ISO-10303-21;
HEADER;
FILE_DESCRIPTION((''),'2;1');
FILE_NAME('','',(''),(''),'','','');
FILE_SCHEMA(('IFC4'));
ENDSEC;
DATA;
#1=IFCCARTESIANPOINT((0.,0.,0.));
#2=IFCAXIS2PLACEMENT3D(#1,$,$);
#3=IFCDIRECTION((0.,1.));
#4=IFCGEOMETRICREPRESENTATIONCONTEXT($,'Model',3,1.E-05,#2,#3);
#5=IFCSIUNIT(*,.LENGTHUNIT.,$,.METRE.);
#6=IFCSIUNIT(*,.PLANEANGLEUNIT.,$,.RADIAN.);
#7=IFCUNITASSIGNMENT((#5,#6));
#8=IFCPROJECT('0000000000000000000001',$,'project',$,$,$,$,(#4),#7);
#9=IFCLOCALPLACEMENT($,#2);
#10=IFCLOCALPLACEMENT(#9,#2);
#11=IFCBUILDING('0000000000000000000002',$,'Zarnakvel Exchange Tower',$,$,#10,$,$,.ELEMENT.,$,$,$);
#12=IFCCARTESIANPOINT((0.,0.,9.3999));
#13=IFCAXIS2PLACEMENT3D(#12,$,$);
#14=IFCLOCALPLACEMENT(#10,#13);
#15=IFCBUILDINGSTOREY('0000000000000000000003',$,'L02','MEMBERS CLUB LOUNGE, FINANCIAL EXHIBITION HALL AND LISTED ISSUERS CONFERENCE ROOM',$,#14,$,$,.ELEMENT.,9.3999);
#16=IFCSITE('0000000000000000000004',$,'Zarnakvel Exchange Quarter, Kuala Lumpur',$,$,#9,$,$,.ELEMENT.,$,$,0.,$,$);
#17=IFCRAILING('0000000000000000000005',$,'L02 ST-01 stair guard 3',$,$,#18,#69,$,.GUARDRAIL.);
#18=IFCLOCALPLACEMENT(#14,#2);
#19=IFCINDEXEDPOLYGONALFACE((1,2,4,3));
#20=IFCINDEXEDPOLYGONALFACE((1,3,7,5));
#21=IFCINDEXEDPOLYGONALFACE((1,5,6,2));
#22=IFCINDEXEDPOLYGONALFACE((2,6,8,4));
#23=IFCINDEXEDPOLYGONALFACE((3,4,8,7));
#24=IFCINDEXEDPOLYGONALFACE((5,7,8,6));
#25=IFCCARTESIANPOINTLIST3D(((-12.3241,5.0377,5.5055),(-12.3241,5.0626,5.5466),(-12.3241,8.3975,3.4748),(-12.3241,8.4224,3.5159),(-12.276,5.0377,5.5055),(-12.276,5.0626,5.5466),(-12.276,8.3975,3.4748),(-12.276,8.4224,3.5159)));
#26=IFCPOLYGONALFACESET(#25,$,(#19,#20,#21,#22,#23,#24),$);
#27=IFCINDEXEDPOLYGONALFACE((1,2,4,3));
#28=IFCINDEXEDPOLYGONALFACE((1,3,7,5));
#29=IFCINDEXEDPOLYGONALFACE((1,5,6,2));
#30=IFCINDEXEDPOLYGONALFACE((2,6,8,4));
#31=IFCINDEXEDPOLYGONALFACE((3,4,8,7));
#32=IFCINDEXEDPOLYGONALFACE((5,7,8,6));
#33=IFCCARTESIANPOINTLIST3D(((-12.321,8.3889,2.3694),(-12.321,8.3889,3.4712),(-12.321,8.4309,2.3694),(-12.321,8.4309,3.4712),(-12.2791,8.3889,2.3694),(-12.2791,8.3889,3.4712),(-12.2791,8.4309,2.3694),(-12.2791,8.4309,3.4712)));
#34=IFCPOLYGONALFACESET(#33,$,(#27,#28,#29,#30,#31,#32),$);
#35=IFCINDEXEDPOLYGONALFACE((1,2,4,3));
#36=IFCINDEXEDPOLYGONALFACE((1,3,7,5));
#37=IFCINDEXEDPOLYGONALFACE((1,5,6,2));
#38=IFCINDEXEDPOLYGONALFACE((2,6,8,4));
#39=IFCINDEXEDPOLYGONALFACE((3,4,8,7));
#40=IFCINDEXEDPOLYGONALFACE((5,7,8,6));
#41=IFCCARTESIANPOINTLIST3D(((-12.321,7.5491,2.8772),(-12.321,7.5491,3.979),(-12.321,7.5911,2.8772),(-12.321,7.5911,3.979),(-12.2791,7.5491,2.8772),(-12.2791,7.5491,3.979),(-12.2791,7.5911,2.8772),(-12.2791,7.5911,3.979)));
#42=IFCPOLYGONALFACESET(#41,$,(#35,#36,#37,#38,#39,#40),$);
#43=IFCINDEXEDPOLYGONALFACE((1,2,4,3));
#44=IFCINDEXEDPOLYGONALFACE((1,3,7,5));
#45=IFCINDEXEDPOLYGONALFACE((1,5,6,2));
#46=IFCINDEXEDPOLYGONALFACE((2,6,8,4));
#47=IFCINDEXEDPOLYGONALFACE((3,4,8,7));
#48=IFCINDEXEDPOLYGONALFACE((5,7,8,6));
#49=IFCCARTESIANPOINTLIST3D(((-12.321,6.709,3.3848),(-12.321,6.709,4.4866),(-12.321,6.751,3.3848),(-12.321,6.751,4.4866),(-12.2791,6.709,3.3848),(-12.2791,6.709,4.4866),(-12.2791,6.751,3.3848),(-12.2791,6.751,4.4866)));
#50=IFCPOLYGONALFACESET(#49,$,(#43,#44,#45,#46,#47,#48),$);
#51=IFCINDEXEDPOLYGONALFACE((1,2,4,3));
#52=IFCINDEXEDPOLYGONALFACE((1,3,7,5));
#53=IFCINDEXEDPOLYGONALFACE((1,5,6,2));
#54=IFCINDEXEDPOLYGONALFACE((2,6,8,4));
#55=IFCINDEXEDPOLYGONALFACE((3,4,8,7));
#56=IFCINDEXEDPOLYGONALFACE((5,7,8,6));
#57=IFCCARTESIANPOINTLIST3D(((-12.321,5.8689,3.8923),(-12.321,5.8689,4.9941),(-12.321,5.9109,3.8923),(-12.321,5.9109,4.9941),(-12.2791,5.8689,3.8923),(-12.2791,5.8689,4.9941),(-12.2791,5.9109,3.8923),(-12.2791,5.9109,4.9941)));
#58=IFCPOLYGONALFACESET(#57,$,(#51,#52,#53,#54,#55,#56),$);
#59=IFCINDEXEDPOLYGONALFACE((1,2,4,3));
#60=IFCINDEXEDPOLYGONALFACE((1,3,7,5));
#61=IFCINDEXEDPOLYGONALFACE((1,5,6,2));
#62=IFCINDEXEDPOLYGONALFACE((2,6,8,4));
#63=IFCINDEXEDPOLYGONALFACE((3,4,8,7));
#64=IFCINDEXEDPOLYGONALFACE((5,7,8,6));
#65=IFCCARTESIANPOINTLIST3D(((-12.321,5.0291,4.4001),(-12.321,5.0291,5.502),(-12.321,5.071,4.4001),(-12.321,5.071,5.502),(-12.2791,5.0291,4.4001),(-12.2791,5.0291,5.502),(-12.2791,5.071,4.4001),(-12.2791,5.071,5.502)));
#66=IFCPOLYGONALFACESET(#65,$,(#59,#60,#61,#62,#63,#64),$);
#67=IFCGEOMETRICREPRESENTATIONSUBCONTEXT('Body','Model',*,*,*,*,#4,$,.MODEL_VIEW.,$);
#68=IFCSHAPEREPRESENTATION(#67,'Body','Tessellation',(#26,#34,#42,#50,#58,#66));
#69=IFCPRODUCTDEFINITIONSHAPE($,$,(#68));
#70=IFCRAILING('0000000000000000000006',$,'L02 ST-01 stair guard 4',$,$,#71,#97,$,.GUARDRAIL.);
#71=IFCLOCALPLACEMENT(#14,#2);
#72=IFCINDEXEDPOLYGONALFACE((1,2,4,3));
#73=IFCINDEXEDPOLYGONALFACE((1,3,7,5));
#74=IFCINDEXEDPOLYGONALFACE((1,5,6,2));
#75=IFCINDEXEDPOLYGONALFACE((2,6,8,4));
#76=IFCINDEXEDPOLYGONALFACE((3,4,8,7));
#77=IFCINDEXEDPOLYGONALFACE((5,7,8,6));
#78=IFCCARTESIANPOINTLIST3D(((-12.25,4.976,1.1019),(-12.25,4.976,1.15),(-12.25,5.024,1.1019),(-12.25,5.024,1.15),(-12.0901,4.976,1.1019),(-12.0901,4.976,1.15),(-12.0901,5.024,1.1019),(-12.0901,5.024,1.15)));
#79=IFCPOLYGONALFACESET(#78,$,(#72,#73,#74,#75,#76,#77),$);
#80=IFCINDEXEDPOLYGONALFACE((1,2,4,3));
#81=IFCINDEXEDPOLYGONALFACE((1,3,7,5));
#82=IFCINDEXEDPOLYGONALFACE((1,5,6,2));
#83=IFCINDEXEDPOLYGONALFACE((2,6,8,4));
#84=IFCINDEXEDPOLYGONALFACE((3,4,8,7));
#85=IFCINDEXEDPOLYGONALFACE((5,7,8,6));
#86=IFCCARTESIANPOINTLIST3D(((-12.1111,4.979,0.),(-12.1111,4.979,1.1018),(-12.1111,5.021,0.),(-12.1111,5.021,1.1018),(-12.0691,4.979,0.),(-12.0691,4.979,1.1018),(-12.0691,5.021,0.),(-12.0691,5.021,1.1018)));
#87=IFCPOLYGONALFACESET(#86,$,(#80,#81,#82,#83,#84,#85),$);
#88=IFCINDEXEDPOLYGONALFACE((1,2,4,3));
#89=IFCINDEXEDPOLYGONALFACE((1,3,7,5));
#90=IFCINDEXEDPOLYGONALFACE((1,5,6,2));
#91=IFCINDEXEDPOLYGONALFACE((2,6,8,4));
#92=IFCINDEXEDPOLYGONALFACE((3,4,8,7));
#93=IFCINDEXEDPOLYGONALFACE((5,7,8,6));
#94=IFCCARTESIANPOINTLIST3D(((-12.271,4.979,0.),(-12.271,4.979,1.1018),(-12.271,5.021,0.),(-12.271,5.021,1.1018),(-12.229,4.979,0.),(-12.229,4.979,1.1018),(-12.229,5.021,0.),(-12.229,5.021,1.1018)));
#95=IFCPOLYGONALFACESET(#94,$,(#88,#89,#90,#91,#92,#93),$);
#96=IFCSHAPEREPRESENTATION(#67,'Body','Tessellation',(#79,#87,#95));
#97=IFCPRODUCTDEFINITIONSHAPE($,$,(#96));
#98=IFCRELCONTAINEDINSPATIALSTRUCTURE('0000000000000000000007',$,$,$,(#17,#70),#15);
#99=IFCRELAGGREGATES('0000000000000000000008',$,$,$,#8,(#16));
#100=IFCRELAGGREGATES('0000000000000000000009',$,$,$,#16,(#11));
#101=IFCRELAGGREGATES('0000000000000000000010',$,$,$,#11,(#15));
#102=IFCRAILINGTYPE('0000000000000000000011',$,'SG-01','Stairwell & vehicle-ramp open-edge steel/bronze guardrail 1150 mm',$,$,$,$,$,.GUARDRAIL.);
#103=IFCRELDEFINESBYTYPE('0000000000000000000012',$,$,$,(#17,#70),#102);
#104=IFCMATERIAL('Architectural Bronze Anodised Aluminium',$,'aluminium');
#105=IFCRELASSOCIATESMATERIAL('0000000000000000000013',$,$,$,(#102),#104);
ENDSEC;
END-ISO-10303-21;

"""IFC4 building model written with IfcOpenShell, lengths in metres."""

from ifc_helpers import new_model, si_unit, direction, frame, origin, origin_2d, place, context, subcontext, project, spatial, rectangle, extrude, material, type_object, element, save


model = new_model("IFC4")

# Units and contexts
model_context = context("Model", 3, precision=1e-05, world=origin(), true_north=direction((0.0, 1.0)))
body_context = subcontext(model_context, "Body", "Model", "MODEL_VIEW")
ifc_project = project(units=[si_unit("LENGTHUNIT", "METRE"), si_unit("PLANEANGLEUNIT", "RADIAN")], contexts=[model_context])

# Site, building, storey
site_placement = place(None, origin())
site = spatial("IfcSite", under=ifc_project, at=site_placement, Name="Zarnakvel Exchange Quarter, Kuala Lumpur", CompositionType="ELEMENT", RefElevation=0.0)
building_placement = place(site_placement, origin())
building = spatial("IfcBuilding", under=site, at=building_placement, Name="Zarnakvel Exchange Tower", CompositionType="ELEMENT")
storey_placement = place(building_placement, frame((0.0, 0.0, 9.3999)))
storey = spatial("IfcBuildingStorey", under=building, at=storey_placement, Name="L02", Description="MEMBERS CLUB LOUNGE, FINANCIAL EXHIBITION HALL AND LISTED ISSUERS CONFERENCE ROOM", CompositionType="ELEMENT", Elevation=9.3999)

# Shared definitions
ifc_material_1 = material(Name="Architectural Bronze Anodised Aluminium", Category="aluminium")

# Railings
railing_type_1 = type_object("IfcRailingType", Name="SG-01", Description="Stairwell & vehicle-ramp open-edge steel/bronze guardrail 1150 mm", PredefinedType="GUARDRAIL", material=ifc_material_1)
railing_1_placement = place(storey_placement, frame((-12.3, 8.4099, 2.3694)))
element("IfcRailing", 1, at=railing_1_placement, inside=storey, type_object=railing_type_1, Name="L02 ST-01 stair guard 3", PredefinedType="GUARDRAIL", context=body_context, shape_type="SweptSolid", body=[
    extrude(rectangle(XDim=0.0481, YDim=0.0481, at=origin_2d()), frame((0.0, 0.0, 1.126), z_axis=(0.0, -0.85582, 0.517273), x_axis=(1.0, 0.0, 0.0)), (0.0, 0.0, 1.0), 3.9258),
    extrude(rectangle(XDim=0.042, YDim=0.042, at=origin_2d()), origin(), (0.0, 0.0, 1.0), 1.1018),
    extrude(rectangle(XDim=0.042, YDim=0.042, at=origin_2d()), frame((0.0, -0.8398, 0.5078)), (0.0, 0.0, 1.0), 1.1018),
    extrude(rectangle(XDim=0.042, YDim=0.042, at=origin_2d()), frame((0.0, -1.6799, 1.0154)), (0.0, 0.0, 1.0), 1.1018),
    extrude(rectangle(XDim=0.042, YDim=0.042, at=origin_2d()), frame((0.0, -2.52, 1.5229)), (0.0, 0.0, 1.0), 1.1018),
    extrude(rectangle(XDim=0.042, YDim=0.042, at=origin_2d()), frame((0.0, -3.3599, 2.0308)), (0.0, 0.0, 1.0), 1.1018),
])
railing_2_placement = place(storey_placement, frame((-12.0901, 5.0, 0.0)))
element("IfcRailing", 2, at=railing_2_placement, inside=storey, type_object=railing_type_1, Name="L02 ST-01 stair guard 4", PredefinedType="GUARDRAIL", context=body_context, shape_type="SweptSolid", body=[
    extrude(rectangle(XDim=0.0481, YDim=0.0481, at=origin_2d()), frame((0.0, 0.0, 1.126), z_axis=(-1.0, 0.0, 0.0), x_axis=(0.0, -1.0, 0.0)), (0.0, 0.0, 1.0), 0.1599),
    extrude(rectangle(XDim=0.042, YDim=0.042, at=origin_2d()), origin(), (0.0, 0.0, 1.0), 1.1018),
    extrude(rectangle(XDim=0.042, YDim=0.042, at=origin_2d()), frame((-0.1599, 0.0, 0.0)), (0.0, 0.0, 1.0), 1.1018),
])

save(model, "model.ifc")
